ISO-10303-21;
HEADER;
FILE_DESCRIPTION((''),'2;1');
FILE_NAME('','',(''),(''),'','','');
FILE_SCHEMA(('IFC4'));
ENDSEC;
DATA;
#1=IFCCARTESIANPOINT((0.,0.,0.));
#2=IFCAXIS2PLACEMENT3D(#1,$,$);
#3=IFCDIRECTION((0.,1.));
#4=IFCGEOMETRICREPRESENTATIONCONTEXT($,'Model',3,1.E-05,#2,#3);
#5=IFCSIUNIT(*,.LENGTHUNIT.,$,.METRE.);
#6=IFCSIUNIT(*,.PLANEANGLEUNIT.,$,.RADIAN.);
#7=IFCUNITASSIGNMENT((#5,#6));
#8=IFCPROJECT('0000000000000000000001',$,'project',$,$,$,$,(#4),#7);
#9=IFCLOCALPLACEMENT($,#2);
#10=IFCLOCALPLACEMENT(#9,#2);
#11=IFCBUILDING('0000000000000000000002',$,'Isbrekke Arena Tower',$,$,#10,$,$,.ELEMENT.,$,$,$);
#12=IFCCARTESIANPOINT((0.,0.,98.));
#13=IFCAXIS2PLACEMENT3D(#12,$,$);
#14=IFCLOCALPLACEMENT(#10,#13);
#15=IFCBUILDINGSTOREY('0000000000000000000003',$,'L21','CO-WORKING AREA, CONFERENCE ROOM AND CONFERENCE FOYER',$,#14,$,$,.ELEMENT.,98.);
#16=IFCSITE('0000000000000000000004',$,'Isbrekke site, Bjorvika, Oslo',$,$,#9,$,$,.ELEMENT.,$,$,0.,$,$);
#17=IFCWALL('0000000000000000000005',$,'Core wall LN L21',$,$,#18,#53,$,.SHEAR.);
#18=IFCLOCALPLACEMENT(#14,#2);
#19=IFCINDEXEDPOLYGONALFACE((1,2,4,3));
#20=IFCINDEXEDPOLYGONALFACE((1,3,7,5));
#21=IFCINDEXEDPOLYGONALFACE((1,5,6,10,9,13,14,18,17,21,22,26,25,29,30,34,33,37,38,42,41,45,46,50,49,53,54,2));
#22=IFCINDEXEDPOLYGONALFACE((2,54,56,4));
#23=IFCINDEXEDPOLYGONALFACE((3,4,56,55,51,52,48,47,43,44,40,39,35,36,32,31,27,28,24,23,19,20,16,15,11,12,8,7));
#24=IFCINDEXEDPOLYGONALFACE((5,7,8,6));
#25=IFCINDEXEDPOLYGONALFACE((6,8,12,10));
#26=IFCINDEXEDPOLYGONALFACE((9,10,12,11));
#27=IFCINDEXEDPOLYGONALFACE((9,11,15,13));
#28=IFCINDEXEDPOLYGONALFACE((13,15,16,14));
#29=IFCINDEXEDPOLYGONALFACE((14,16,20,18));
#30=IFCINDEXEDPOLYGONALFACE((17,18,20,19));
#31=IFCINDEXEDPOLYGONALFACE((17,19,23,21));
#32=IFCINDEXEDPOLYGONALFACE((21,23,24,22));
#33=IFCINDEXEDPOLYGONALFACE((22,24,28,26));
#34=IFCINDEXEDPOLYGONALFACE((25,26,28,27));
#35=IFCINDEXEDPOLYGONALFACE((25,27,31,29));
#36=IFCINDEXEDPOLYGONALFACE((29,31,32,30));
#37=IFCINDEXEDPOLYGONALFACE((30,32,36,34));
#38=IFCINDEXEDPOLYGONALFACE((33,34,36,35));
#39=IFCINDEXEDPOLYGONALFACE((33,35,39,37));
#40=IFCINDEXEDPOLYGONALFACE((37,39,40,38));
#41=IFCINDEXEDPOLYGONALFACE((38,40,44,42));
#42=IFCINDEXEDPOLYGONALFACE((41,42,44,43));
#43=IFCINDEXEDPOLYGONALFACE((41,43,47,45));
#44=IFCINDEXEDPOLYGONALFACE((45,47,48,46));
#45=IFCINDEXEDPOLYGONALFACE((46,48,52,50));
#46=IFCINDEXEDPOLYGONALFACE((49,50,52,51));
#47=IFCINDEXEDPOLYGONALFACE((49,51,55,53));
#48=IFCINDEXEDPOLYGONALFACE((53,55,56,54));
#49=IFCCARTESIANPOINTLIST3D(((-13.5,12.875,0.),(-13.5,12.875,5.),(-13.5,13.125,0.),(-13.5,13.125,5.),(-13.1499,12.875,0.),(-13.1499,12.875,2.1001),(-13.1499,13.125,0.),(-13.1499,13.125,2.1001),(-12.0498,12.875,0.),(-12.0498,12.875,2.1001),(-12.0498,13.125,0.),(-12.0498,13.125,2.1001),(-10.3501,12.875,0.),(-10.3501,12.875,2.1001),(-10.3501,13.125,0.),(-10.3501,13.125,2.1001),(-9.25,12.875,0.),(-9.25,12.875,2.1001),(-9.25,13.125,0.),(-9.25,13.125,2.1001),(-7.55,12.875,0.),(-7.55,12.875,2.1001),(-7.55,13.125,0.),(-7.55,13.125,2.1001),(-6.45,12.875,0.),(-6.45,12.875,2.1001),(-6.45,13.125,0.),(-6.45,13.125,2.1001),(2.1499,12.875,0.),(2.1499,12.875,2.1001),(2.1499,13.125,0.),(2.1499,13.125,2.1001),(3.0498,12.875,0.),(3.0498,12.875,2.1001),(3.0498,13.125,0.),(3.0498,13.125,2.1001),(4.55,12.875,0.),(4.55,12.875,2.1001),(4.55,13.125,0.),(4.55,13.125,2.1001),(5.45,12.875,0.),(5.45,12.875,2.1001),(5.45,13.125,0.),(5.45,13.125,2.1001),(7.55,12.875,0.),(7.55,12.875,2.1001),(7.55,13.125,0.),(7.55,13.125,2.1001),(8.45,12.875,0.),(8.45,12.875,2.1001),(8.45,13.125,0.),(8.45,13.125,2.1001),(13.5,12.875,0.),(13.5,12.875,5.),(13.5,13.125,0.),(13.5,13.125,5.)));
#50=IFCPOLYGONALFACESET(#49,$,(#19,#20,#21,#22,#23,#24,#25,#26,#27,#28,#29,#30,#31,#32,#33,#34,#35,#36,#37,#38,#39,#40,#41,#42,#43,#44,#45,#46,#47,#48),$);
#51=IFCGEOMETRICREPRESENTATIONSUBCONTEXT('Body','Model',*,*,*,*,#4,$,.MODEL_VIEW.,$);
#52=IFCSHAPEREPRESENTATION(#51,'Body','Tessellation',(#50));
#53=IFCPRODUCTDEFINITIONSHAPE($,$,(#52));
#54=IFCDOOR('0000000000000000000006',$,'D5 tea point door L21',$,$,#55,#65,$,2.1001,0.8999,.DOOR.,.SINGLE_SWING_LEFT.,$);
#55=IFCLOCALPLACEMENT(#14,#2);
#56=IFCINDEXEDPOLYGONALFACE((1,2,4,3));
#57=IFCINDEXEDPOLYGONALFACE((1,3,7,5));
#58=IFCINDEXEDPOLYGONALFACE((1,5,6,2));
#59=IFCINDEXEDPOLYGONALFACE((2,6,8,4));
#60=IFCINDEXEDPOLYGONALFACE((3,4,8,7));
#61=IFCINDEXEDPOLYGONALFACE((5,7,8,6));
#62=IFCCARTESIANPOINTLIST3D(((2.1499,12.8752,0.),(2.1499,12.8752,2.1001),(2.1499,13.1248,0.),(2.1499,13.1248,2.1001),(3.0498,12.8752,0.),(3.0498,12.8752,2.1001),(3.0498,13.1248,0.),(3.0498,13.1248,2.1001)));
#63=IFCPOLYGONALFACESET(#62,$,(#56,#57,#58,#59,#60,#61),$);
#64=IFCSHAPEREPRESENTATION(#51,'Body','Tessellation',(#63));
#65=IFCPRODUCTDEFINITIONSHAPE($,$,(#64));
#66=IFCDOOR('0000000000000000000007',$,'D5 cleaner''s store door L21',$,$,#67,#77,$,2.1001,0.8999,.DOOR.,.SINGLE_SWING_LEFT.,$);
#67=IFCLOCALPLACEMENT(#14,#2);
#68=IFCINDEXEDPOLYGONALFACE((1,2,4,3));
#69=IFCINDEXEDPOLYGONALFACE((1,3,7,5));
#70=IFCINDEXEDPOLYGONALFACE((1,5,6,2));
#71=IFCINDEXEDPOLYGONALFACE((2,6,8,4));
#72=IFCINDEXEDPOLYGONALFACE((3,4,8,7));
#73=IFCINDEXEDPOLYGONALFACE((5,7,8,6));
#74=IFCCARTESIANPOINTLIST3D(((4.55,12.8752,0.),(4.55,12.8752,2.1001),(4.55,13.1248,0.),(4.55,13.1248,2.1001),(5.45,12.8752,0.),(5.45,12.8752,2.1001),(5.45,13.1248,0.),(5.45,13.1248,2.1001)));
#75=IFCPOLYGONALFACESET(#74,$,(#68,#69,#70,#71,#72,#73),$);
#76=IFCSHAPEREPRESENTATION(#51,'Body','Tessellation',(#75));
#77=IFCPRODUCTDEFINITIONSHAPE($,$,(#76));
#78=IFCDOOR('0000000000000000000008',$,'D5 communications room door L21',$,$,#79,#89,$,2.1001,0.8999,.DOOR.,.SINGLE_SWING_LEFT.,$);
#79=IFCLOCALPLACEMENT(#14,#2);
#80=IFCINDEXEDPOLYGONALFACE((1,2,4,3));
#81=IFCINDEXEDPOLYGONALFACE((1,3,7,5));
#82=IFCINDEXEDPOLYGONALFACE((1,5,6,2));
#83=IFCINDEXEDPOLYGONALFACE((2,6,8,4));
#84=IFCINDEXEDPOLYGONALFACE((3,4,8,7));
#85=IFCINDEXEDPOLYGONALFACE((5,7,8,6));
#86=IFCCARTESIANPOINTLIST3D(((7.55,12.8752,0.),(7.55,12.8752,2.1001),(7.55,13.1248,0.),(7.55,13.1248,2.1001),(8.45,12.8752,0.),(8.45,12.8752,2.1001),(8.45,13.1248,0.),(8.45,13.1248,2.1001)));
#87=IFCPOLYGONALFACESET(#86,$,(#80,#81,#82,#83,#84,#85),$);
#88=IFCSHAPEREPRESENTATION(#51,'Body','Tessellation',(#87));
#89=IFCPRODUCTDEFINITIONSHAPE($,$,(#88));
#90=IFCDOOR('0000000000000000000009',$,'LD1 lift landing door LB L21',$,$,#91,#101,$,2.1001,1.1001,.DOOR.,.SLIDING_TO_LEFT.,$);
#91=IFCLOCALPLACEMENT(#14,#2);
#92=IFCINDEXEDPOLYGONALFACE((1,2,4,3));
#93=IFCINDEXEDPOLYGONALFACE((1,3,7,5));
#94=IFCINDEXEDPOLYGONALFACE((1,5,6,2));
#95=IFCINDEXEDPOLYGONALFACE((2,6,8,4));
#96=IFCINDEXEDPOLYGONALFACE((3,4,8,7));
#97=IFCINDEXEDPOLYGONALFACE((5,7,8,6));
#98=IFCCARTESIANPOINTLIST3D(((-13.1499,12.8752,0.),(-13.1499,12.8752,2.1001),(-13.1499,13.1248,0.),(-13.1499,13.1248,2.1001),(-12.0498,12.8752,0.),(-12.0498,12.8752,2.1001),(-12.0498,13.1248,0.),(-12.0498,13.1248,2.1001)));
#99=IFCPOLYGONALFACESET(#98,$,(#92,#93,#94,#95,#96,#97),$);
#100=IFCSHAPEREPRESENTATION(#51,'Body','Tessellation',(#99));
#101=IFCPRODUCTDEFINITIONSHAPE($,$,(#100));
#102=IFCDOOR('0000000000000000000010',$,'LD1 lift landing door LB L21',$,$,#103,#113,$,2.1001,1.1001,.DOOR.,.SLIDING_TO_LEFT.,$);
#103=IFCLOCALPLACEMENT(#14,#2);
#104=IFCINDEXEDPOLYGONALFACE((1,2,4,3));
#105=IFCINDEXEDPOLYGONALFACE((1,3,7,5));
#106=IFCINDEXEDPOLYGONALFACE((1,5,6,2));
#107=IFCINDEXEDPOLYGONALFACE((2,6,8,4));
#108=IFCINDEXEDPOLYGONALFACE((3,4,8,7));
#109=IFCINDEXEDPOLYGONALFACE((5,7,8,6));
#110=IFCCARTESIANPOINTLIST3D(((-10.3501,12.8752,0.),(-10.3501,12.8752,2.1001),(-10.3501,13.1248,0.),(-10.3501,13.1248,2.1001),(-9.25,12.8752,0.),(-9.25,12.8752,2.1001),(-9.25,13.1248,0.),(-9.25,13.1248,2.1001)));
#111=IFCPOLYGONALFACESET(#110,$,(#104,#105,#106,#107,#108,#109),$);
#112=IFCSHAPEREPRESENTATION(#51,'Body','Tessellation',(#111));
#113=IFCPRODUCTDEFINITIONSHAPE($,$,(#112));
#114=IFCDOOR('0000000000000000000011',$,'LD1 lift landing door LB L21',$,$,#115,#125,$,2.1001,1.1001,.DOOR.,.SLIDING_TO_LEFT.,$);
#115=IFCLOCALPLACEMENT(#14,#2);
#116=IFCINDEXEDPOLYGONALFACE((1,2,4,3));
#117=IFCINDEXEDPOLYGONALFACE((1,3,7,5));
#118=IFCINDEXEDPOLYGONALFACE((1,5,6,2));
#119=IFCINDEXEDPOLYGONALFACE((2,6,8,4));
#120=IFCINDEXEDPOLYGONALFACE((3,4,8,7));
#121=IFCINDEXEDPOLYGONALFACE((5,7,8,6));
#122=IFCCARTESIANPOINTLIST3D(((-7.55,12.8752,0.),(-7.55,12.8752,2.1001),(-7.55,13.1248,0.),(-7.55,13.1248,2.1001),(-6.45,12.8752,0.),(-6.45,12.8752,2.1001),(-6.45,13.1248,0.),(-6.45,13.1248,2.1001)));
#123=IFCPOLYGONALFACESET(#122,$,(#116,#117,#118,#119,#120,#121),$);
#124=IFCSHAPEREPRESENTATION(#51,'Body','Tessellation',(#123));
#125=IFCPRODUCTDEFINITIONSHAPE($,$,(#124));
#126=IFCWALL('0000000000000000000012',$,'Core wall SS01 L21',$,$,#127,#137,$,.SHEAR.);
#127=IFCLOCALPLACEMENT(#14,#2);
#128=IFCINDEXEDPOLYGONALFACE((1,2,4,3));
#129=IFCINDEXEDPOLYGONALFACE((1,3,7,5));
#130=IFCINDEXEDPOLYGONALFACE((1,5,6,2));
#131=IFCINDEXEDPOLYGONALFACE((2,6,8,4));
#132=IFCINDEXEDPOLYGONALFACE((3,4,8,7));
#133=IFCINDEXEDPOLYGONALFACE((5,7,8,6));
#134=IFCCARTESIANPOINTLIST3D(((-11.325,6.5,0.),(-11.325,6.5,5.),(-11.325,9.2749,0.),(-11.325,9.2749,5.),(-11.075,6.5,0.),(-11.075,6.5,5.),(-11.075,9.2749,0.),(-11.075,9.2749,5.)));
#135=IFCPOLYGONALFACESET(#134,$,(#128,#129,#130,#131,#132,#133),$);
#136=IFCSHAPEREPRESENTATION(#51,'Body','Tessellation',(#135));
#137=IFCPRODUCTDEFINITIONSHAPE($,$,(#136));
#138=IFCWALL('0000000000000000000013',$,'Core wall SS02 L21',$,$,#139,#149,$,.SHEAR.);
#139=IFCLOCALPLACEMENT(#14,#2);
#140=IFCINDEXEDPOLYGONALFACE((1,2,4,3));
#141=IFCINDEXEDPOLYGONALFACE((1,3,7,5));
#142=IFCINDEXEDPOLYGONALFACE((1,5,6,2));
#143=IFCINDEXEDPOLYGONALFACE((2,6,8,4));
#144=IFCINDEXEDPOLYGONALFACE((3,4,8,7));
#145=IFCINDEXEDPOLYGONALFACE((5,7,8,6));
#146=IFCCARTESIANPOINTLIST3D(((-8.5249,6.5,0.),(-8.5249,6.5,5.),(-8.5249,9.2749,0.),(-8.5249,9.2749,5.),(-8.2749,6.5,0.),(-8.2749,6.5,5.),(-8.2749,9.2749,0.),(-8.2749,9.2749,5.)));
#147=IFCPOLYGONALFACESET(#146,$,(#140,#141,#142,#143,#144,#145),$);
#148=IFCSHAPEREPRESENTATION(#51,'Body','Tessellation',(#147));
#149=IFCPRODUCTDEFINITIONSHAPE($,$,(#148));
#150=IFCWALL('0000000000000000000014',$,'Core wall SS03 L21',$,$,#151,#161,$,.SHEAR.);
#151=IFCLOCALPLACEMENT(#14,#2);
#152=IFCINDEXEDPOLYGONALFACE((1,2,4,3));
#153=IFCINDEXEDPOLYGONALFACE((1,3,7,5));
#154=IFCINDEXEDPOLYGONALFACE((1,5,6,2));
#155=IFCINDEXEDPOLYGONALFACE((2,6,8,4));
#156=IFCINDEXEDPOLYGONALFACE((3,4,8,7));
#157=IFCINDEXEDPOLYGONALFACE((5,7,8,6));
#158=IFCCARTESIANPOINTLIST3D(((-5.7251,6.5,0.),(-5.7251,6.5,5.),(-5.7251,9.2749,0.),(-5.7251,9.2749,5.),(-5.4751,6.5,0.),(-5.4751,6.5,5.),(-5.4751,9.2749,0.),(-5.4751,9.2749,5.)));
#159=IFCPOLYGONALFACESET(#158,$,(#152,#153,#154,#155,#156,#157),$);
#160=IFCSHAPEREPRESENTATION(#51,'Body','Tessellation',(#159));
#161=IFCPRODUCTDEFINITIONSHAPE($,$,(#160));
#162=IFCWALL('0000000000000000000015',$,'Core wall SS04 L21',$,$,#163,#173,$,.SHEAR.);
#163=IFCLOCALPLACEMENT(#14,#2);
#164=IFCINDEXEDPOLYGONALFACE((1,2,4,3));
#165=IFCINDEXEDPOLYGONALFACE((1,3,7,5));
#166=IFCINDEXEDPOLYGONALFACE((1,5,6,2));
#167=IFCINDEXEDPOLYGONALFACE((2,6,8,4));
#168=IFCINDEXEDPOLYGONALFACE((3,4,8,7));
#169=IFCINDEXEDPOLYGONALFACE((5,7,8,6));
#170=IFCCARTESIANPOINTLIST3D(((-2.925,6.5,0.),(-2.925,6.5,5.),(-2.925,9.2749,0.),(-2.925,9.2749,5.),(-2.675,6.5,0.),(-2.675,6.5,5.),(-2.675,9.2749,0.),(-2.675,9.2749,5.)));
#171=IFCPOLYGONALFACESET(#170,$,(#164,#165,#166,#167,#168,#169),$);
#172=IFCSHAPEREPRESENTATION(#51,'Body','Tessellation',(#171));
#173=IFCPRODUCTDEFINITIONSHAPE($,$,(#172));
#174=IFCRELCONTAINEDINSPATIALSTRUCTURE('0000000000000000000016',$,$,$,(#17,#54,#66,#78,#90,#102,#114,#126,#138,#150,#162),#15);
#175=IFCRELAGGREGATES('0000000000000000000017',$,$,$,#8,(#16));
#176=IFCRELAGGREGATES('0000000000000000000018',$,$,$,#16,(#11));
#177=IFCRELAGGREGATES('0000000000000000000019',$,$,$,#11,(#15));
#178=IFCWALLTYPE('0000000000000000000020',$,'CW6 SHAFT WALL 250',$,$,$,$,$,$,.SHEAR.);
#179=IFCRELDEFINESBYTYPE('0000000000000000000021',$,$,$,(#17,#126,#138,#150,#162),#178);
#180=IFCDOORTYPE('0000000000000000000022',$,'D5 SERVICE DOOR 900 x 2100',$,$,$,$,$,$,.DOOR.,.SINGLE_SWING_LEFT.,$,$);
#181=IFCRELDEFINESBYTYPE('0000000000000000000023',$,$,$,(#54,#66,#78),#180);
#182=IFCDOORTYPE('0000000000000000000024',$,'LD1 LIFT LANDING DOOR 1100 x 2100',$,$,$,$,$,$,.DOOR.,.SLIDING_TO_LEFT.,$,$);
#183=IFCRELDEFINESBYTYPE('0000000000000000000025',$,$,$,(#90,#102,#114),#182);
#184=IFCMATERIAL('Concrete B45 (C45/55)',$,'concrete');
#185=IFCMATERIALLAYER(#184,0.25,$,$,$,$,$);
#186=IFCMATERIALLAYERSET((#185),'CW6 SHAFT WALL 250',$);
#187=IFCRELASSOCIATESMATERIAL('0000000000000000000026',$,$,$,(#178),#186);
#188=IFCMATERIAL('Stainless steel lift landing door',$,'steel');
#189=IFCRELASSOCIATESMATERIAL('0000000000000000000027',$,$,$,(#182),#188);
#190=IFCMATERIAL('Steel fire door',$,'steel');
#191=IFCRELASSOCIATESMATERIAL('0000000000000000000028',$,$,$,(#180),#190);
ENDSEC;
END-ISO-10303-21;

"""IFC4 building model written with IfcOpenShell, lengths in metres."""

from ifc_helpers import new_model, si_unit, direction, frame, frame_2d, origin, place, context, subcontext, project, spatial, rectangle, extrude, material, layer, layer_set, type_object, element, fill, save


model = new_model("IFC4")

# Units and contexts
model_context = context("Model", 3, precision=1e-05, world=origin(), true_north=direction((0.0, 1.0)))
body_context = subcontext(model_context, "Body", "Model", "MODEL_VIEW")
ifc_project = project(units=[si_unit("LENGTHUNIT", "METRE"), si_unit("PLANEANGLEUNIT", "RADIAN")], contexts=[model_context])

# Site, building, storey
site_placement = place(None, origin())
site = spatial("IfcSite", under=ifc_project, at=site_placement, Name="Isbrekke site, Bjorvika, Oslo", CompositionType="ELEMENT", RefElevation=0.0)
building_placement = place(site_placement, origin())
building = spatial("IfcBuilding", under=site, at=building_placement, Name="Isbrekke Arena Tower", CompositionType="ELEMENT")
storey_placement = place(building_placement, frame((0.0, 0.0, 98.0)))
storey = spatial("IfcBuildingStorey", under=building, at=storey_placement, Name="L21", Description="CO-WORKING AREA, CONFERENCE ROOM AND CONFERENCE FOYER", CompositionType="ELEMENT", Elevation=98.0)

# Wall, openings, doors
ifc_material_1 = material(Name="Concrete B45 (C45/55)", Category="concrete")
ifc_layer_1 = layer(ifc_material_1, 0.25)
ifc_layer_set_1 = layer_set([ifc_layer_1], Name="CW6 SHAFT WALL 250")
wall_type_1 = type_object("IfcWallType", Name="CW6 SHAFT WALL 250", PredefinedType="SHEAR", material=ifc_layer_set_1)
ifc_material_2 = material(Name="Stainless steel lift landing door", Category="steel")
door_type_1 = type_object("IfcDoorType", Name="LD1 LIFT LANDING DOOR 1100 x 2100", OperationType="SLIDING_TO_LEFT", PredefinedType="DOOR", material=ifc_material_2)
wall_1_placement = place(storey_placement, frame((-13.5, 13.0, 0.0), z_axis=(0.0, 0.0, 1.0), x_axis=(1.0, 0.0, 0.0)))
wall_1 = element("IfcWall", 1, at=wall_1_placement, inside=storey, type_object=wall_type_1, Name="Core wall LN L21", PredefinedType="SHEAR", context=body_context, shape_type="SweptSolid", body=[
    extrude(rectangle(XDim=27.0, YDim=0.25, at=frame_2d((13.5, 0.0))), origin(), (0.0, 0.0, 1.0), 5.0),
])
opening_1_placement = place(wall_1_placement, frame((0.3501, 0.0, 0.0)))
opening_1 = element("IfcOpeningElement", 2, at=opening_1_placement, cuts=wall_1, PredefinedType="OPENING", context=body_context, shape_type="SweptSolid", body=[
    extrude(rectangle(XDim=1.1001, YDim=2.1001, at=frame_2d((0.55, 1.05))), frame((0.0, 0.1399, 0.0), z_axis=(0.0, -1.0, 0.0), x_axis=(1.0, 0.0, 0.0)), (0.0, 0.0, 1.0), 0.2798),
])
opening_2_placement = place(wall_1_placement, frame((3.1499, 0.0, 0.0)))
opening_2 = element("IfcOpeningElement", 3, at=opening_2_placement, cuts=wall_1, PredefinedType="OPENING", context=body_context, shape_type="SweptSolid", body=[
    extrude(rectangle(XDim=1.1001, YDim=2.1001, at=frame_2d((0.55, 1.05))), frame((0.0, 0.1399, 0.0), z_axis=(0.0, -1.0, 0.0), x_axis=(1.0, 0.0, 0.0)), (0.0, 0.0, 1.0), 0.2798),
])
opening_3_placement = place(wall_1_placement, frame((5.95, 0.0, 0.0)))
opening_3 = element("IfcOpeningElement", 4, at=opening_3_placement, cuts=wall_1, PredefinedType="OPENING", context=body_context, shape_type="SweptSolid", body=[
    extrude(rectangle(XDim=1.1001, YDim=2.1001, at=frame_2d((0.55, 1.05))), frame((0.0, 0.1399, 0.0), z_axis=(0.0, -1.0, 0.0), x_axis=(1.0, 0.0, 0.0)), (0.0, 0.0, 1.0), 0.2798),
])
opening_4_placement = place(wall_1_placement, frame((15.6499, 0.0, 0.0)))
opening_4 = element("IfcOpeningElement", 5, at=opening_4_placement, cuts=wall_1, PredefinedType="OPENING", context=body_context, shape_type="SweptSolid", body=[
    extrude(rectangle(XDim=0.8999, YDim=2.1001, at=frame_2d((0.45, 1.05))), frame((0.0, 0.1399, 0.0), z_axis=(0.0, -1.0, 0.0), x_axis=(1.0, 0.0, 0.0)), (0.0, 0.0, 1.0), 0.2798),
])
opening_5_placement = place(wall_1_placement, frame((18.05, 0.0, 0.0)))
opening_5 = element("IfcOpeningElement", 6, at=opening_5_placement, cuts=wall_1, PredefinedType="OPENING", context=body_context, shape_type="SweptSolid", body=[
    extrude(rectangle(XDim=0.8999, YDim=2.1001, at=frame_2d((0.45, 1.05))), frame((0.0, 0.1399, 0.0), z_axis=(0.0, -1.0, 0.0), x_axis=(1.0, 0.0, 0.0)), (0.0, 0.0, 1.0), 0.2798),
])
opening_6_placement = place(wall_1_placement, frame((21.05, 0.0, 0.0)))
opening_6 = element("IfcOpeningElement", 7, at=opening_6_placement, cuts=wall_1, PredefinedType="OPENING", context=body_context, shape_type="SweptSolid", body=[
    extrude(rectangle(XDim=0.8999, YDim=2.1001, at=frame_2d((0.45, 1.05))), frame((0.0, 0.1399, 0.0), z_axis=(0.0, -1.0, 0.0), x_axis=(1.0, 0.0, 0.0)), (0.0, 0.0, 1.0), 0.2798),
])
ifc_material_3 = material(Name="Steel fire door", Category="steel")
door_type_2 = type_object("IfcDoorType", Name="D5 SERVICE DOOR 900 x 2100", OperationType="SINGLE_SWING_LEFT", PredefinedType="DOOR", material=ifc_material_3)
door_1_placement = place(opening_4_placement, origin())
door_1 = element("IfcDoor", 8, at=door_1_placement, inside=storey, type_object=door_type_2, Name="D5 tea point door L21", OperationType="SINGLE_SWING_LEFT", OverallHeight=2.1001, OverallWidth=0.8999, PredefinedType="DOOR", context=body_context, shape_type="SweptSolid", body=[
    extrude(rectangle(XDim=0.8999, YDim=2.1001, at=frame_2d((0.45, 1.05))), frame((0.0, 0.1248, 0.0), z_axis=(0.0, -1.0, 0.0), x_axis=(1.0, 0.0, 0.0)), (0.0, 0.0, 1.0), 0.2495),
])
fill(opening_4, door_1)
door_2_placement = place(opening_5_placement, origin())
door_2 = element("IfcDoor", 9, at=door_2_placement, inside=storey, type_object=door_type_2, Name="D5 cleaner's store door L21", OperationType="SINGLE_SWING_LEFT", OverallHeight=2.1001, OverallWidth=0.8999, PredefinedType="DOOR", context=body_context, shape_type="SweptSolid", body=[
    extrude(rectangle(XDim=0.8999, YDim=2.1001, at=frame_2d((0.45, 1.05))), frame((0.0, 0.1248, 0.0), z_axis=(0.0, -1.0, 0.0), x_axis=(1.0, 0.0, 0.0)), (0.0, 0.0, 1.0), 0.2495),
])
fill(opening_5, door_2)
door_3_placement = place(opening_6_placement, origin())
door_3 = element("IfcDoor", 10, at=door_3_placement, inside=storey, type_object=door_type_2, Name="D5 communications room door L21", OperationType="SINGLE_SWING_LEFT", OverallHeight=2.1001, OverallWidth=0.8999, PredefinedType="DOOR", context=body_context, shape_type="SweptSolid", body=[
    extrude(rectangle(XDim=0.8999, YDim=2.1001, at=frame_2d((0.45, 1.05))), frame((0.0, 0.1248, 0.0), z_axis=(0.0, -1.0, 0.0), x_axis=(1.0, 0.0, 0.0)), (0.0, 0.0, 1.0), 0.2495),
])
fill(opening_6, door_3)
door_4_placement = place(opening_1_placement, origin())
door_4 = element("IfcDoor", 11, at=door_4_placement, inside=storey, type_object=door_type_1, Name="LD1 lift landing door LB L21", OperationType="SLIDING_TO_LEFT", OverallHeight=2.1001, OverallWidth=1.1001, PredefinedType="DOOR", context=body_context, shape_type="SweptSolid", body=[
    extrude(rectangle(XDim=1.1001, YDim=2.1001, at=frame_2d((0.55, 1.05))), frame((0.0, 0.1248, 0.0), z_axis=(0.0, -1.0, 0.0), x_axis=(1.0, 0.0, 0.0)), (0.0, 0.0, 1.0), 0.2495),
])
fill(opening_1, door_4)
door_5_placement = place(opening_2_placement, origin())
door_5 = element("IfcDoor", 12, at=door_5_placement, inside=storey, type_object=door_type_1, Name="LD1 lift landing door LB L21", OperationType="SLIDING_TO_LEFT", OverallHeight=2.1001, OverallWidth=1.1001, PredefinedType="DOOR", context=body_context, shape_type="SweptSolid", body=[
    extrude(rectangle(XDim=1.1001, YDim=2.1001, at=frame_2d((0.55, 1.05))), frame((0.0, 0.1248, 0.0), z_axis=(0.0, -1.0, 0.0), x_axis=(1.0, 0.0, 0.0)), (0.0, 0.0, 1.0), 0.2495),
])
fill(opening_2, door_5)
door_6_placement = place(opening_3_placement, origin())
door_6 = element("IfcDoor", 13, at=door_6_placement, inside=storey, type_object=door_type_1, Name="LD1 lift landing door LB L21", OperationType="SLIDING_TO_LEFT", OverallHeight=2.1001, OverallWidth=1.1001, PredefinedType="DOOR", context=body_context, shape_type="SweptSolid", body=[
    extrude(rectangle(XDim=1.1001, YDim=2.1001, at=frame_2d((0.55, 1.05))), frame((0.0, 0.1248, 0.0), z_axis=(0.0, -1.0, 0.0), x_axis=(1.0, 0.0, 0.0)), (0.0, 0.0, 1.0), 0.2495),
])
fill(opening_3, door_6)

# Walls
for number, where, z_axis, x_axis, name in (
    (14, (-11.2, 6.5, 0.0), (0.0, 0.0, 1.0), (0.0, 1.0, 0.0), "Core wall SS01 L21"),
    (15, (-8.3999, 6.5, 0.0), (0.0, 0.0, 1.0), (0.0, 1.0, 0.0), "Core wall SS02 L21"),
    (16, (-5.6001, 6.5, 0.0), (0.0, 0.0, 1.0), (0.0, 1.0, 0.0), "Core wall SS03 L21"),
    (17, (-2.8, 6.5, 0.0), (0.0, 0.0, 1.0), (0.0, 1.0, 0.0), "Core wall SS04 L21"),
):
    element("IfcWall", number, at=place(storey_placement, frame(where, z_axis=z_axis, x_axis=x_axis)), inside=storey, type_object=wall_type_1, Name=name, PredefinedType="SHEAR", context=body_context, shape_type="SweptSolid", body=[
        extrude(rectangle(XDim=2.7749, YDim=0.25, at=frame_2d((1.3875, 0.0))), origin(), (0.0, 0.0, 1.0), 5.0),
    ])

save(model, "model.ifc")
